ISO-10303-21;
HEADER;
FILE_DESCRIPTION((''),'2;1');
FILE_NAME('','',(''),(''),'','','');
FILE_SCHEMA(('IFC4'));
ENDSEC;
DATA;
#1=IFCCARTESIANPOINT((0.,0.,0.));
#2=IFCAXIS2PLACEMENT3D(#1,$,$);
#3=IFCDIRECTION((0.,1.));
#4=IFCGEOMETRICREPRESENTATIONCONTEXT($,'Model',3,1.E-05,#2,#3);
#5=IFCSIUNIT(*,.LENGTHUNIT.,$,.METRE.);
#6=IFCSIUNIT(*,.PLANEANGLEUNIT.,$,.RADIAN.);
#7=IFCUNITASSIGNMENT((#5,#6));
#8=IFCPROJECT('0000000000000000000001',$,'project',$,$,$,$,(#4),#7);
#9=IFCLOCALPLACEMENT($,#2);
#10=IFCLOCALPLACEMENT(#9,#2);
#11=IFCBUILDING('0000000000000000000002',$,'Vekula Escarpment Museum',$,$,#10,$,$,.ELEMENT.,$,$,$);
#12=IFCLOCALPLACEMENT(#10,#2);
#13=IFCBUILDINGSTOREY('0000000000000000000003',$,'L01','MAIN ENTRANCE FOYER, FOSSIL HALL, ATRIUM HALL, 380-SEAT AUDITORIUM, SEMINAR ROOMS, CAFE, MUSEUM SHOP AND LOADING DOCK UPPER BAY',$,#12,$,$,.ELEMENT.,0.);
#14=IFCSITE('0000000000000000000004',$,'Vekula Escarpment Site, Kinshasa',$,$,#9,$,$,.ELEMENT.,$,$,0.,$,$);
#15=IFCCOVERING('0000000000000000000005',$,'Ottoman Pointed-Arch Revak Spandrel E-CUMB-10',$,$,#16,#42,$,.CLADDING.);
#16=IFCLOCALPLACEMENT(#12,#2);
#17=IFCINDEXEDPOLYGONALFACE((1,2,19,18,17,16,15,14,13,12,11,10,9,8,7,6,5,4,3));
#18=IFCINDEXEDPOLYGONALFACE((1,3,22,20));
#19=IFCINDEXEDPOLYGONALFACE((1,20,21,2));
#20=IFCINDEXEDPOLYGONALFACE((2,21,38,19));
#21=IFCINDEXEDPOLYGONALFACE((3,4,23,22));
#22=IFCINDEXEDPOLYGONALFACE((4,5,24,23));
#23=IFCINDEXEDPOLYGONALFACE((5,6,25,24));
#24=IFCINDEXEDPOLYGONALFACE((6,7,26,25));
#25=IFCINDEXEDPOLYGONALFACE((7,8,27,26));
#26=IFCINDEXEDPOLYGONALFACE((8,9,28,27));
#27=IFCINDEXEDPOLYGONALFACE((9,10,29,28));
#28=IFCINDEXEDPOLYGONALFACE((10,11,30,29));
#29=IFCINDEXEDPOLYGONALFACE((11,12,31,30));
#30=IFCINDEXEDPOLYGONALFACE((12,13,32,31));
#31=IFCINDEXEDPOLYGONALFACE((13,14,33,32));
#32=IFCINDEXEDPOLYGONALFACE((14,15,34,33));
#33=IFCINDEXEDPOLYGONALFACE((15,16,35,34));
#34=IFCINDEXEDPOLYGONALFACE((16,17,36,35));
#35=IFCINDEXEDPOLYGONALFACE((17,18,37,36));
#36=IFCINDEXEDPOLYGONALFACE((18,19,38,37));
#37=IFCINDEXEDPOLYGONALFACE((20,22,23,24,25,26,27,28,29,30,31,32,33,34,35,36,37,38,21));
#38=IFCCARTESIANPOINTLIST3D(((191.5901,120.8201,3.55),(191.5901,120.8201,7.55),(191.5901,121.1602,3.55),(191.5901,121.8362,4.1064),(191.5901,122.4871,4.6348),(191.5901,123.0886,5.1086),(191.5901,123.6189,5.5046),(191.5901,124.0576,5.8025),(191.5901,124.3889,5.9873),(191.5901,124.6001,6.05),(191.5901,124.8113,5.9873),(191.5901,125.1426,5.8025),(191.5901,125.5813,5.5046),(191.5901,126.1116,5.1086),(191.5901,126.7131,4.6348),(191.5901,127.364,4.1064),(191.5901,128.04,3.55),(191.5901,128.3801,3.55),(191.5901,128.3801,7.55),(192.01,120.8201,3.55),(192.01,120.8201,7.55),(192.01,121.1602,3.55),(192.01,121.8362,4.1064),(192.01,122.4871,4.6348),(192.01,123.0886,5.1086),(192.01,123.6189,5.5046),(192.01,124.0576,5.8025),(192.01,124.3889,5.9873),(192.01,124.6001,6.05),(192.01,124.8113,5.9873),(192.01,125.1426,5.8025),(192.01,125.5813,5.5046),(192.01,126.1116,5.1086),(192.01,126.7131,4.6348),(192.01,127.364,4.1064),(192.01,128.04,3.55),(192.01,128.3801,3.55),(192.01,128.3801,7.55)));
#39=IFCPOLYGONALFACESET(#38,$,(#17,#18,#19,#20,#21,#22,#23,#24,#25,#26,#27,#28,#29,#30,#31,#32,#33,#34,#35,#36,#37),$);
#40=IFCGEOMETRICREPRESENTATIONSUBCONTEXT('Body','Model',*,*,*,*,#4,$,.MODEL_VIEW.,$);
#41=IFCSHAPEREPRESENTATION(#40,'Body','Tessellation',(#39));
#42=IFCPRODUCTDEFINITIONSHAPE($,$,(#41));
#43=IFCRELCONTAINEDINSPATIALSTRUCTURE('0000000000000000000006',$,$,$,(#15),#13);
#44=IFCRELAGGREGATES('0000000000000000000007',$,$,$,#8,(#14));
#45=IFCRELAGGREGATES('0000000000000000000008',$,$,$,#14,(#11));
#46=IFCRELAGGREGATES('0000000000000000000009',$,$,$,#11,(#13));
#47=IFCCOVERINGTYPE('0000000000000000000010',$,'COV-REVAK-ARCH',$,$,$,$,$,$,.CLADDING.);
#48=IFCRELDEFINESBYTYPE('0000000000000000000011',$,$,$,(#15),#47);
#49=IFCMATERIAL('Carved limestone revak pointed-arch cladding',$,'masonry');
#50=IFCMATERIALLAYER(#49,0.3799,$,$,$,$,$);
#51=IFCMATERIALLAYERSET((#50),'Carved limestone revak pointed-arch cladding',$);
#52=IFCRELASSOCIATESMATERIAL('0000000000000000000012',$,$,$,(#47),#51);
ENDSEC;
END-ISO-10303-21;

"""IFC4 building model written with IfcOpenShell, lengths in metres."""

from ifc_helpers import new_model, si_unit, direction, frame, origin, place, context, subcontext, project, spatial, polyline, outline, extrude, material, layer, layer_set, type_object, element, save


model = new_model("IFC4")

# Units and contexts
model_context = context("Model", 3, precision=1e-05, world=origin(), true_north=direction((0.0, 1.0)))
body_context = subcontext(model_context, "Body", "Model", "MODEL_VIEW")
ifc_project = project(units=[si_unit("LENGTHUNIT", "METRE"), si_unit("PLANEANGLEUNIT", "RADIAN")], contexts=[model_context])

# Site, building, storey
site_placement = place(None, origin())
site = spatial("IfcSite", under=ifc_project, at=site_placement, Name="Vekula Escarpment Site, Kinshasa", CompositionType="ELEMENT", RefElevation=0.0)
building_placement = place(site_placement, origin())
building = spatial("IfcBuilding", under=site, at=building_placement, Name="Vekula Escarpment Museum", CompositionType="ELEMENT")
storey_placement = place(building_placement, origin())
storey = spatial("IfcBuildingStorey", under=building, at=storey_placement, Name="L01", Description="MAIN ENTRANCE FOYER, FOSSIL HALL, ATRIUM HALL, 380-SEAT AUDITORIUM, SEMINAR ROOMS, CAFE, MUSEUM SHOP AND LOADING DOCK UPPER BAY", CompositionType="ELEMENT", Elevation=0.0)

# Covering
ifc_material_1 = material(Name="Carved limestone revak pointed-arch cladding", Category="masonry")
ifc_layer_1 = layer(ifc_material_1, 0.3799)
ifc_layer_set_1 = layer_set([ifc_layer_1], Name="Carved limestone revak pointed-arch cladding")
covering_type_1 = type_object("IfcCoveringType", Name="COV-REVAK-ARCH", PredefinedType="CLADDING", material=ifc_layer_set_1)
covering_1_placement = place(storey_placement, frame((191.5901, 124.6001, 3.55), z_axis=(1.0, 0.0, 0.0), x_axis=(0.0, 1.0, 0.0)))
element("IfcCovering", 1, at=covering_1_placement, inside=storey, type_object=covering_type_1, Name="Ottoman Pointed-Arch Revak Spandrel E-CUMB-10", PredefinedType="CLADDING", context=body_context, shape_type="SweptSolid", body=[
    extrude(outline(polyline([(-3.78, 4.0), (3.78, 4.0), (3.78, 0.0), (3.4399, 0.0), (2.7639, 0.5564), (2.113, 1.0847), (1.5115, 1.5586), (0.9812, 1.9546), (0.5425, 2.2524), (0.2112, 2.4373), (0.0, 2.5), (-0.2112, 2.4373), (-0.5425, 2.2524), (-0.9812, 1.9546), (-1.5115, 1.5586), (-2.113, 1.0847), (-2.7639, 0.5564), (-3.4399, 0.0), (-3.78, 0.0), (-3.78, 4.0)])), origin(), (0.0, 0.0, 1.0), 0.4199),
])

save(model, "model.ifc")
